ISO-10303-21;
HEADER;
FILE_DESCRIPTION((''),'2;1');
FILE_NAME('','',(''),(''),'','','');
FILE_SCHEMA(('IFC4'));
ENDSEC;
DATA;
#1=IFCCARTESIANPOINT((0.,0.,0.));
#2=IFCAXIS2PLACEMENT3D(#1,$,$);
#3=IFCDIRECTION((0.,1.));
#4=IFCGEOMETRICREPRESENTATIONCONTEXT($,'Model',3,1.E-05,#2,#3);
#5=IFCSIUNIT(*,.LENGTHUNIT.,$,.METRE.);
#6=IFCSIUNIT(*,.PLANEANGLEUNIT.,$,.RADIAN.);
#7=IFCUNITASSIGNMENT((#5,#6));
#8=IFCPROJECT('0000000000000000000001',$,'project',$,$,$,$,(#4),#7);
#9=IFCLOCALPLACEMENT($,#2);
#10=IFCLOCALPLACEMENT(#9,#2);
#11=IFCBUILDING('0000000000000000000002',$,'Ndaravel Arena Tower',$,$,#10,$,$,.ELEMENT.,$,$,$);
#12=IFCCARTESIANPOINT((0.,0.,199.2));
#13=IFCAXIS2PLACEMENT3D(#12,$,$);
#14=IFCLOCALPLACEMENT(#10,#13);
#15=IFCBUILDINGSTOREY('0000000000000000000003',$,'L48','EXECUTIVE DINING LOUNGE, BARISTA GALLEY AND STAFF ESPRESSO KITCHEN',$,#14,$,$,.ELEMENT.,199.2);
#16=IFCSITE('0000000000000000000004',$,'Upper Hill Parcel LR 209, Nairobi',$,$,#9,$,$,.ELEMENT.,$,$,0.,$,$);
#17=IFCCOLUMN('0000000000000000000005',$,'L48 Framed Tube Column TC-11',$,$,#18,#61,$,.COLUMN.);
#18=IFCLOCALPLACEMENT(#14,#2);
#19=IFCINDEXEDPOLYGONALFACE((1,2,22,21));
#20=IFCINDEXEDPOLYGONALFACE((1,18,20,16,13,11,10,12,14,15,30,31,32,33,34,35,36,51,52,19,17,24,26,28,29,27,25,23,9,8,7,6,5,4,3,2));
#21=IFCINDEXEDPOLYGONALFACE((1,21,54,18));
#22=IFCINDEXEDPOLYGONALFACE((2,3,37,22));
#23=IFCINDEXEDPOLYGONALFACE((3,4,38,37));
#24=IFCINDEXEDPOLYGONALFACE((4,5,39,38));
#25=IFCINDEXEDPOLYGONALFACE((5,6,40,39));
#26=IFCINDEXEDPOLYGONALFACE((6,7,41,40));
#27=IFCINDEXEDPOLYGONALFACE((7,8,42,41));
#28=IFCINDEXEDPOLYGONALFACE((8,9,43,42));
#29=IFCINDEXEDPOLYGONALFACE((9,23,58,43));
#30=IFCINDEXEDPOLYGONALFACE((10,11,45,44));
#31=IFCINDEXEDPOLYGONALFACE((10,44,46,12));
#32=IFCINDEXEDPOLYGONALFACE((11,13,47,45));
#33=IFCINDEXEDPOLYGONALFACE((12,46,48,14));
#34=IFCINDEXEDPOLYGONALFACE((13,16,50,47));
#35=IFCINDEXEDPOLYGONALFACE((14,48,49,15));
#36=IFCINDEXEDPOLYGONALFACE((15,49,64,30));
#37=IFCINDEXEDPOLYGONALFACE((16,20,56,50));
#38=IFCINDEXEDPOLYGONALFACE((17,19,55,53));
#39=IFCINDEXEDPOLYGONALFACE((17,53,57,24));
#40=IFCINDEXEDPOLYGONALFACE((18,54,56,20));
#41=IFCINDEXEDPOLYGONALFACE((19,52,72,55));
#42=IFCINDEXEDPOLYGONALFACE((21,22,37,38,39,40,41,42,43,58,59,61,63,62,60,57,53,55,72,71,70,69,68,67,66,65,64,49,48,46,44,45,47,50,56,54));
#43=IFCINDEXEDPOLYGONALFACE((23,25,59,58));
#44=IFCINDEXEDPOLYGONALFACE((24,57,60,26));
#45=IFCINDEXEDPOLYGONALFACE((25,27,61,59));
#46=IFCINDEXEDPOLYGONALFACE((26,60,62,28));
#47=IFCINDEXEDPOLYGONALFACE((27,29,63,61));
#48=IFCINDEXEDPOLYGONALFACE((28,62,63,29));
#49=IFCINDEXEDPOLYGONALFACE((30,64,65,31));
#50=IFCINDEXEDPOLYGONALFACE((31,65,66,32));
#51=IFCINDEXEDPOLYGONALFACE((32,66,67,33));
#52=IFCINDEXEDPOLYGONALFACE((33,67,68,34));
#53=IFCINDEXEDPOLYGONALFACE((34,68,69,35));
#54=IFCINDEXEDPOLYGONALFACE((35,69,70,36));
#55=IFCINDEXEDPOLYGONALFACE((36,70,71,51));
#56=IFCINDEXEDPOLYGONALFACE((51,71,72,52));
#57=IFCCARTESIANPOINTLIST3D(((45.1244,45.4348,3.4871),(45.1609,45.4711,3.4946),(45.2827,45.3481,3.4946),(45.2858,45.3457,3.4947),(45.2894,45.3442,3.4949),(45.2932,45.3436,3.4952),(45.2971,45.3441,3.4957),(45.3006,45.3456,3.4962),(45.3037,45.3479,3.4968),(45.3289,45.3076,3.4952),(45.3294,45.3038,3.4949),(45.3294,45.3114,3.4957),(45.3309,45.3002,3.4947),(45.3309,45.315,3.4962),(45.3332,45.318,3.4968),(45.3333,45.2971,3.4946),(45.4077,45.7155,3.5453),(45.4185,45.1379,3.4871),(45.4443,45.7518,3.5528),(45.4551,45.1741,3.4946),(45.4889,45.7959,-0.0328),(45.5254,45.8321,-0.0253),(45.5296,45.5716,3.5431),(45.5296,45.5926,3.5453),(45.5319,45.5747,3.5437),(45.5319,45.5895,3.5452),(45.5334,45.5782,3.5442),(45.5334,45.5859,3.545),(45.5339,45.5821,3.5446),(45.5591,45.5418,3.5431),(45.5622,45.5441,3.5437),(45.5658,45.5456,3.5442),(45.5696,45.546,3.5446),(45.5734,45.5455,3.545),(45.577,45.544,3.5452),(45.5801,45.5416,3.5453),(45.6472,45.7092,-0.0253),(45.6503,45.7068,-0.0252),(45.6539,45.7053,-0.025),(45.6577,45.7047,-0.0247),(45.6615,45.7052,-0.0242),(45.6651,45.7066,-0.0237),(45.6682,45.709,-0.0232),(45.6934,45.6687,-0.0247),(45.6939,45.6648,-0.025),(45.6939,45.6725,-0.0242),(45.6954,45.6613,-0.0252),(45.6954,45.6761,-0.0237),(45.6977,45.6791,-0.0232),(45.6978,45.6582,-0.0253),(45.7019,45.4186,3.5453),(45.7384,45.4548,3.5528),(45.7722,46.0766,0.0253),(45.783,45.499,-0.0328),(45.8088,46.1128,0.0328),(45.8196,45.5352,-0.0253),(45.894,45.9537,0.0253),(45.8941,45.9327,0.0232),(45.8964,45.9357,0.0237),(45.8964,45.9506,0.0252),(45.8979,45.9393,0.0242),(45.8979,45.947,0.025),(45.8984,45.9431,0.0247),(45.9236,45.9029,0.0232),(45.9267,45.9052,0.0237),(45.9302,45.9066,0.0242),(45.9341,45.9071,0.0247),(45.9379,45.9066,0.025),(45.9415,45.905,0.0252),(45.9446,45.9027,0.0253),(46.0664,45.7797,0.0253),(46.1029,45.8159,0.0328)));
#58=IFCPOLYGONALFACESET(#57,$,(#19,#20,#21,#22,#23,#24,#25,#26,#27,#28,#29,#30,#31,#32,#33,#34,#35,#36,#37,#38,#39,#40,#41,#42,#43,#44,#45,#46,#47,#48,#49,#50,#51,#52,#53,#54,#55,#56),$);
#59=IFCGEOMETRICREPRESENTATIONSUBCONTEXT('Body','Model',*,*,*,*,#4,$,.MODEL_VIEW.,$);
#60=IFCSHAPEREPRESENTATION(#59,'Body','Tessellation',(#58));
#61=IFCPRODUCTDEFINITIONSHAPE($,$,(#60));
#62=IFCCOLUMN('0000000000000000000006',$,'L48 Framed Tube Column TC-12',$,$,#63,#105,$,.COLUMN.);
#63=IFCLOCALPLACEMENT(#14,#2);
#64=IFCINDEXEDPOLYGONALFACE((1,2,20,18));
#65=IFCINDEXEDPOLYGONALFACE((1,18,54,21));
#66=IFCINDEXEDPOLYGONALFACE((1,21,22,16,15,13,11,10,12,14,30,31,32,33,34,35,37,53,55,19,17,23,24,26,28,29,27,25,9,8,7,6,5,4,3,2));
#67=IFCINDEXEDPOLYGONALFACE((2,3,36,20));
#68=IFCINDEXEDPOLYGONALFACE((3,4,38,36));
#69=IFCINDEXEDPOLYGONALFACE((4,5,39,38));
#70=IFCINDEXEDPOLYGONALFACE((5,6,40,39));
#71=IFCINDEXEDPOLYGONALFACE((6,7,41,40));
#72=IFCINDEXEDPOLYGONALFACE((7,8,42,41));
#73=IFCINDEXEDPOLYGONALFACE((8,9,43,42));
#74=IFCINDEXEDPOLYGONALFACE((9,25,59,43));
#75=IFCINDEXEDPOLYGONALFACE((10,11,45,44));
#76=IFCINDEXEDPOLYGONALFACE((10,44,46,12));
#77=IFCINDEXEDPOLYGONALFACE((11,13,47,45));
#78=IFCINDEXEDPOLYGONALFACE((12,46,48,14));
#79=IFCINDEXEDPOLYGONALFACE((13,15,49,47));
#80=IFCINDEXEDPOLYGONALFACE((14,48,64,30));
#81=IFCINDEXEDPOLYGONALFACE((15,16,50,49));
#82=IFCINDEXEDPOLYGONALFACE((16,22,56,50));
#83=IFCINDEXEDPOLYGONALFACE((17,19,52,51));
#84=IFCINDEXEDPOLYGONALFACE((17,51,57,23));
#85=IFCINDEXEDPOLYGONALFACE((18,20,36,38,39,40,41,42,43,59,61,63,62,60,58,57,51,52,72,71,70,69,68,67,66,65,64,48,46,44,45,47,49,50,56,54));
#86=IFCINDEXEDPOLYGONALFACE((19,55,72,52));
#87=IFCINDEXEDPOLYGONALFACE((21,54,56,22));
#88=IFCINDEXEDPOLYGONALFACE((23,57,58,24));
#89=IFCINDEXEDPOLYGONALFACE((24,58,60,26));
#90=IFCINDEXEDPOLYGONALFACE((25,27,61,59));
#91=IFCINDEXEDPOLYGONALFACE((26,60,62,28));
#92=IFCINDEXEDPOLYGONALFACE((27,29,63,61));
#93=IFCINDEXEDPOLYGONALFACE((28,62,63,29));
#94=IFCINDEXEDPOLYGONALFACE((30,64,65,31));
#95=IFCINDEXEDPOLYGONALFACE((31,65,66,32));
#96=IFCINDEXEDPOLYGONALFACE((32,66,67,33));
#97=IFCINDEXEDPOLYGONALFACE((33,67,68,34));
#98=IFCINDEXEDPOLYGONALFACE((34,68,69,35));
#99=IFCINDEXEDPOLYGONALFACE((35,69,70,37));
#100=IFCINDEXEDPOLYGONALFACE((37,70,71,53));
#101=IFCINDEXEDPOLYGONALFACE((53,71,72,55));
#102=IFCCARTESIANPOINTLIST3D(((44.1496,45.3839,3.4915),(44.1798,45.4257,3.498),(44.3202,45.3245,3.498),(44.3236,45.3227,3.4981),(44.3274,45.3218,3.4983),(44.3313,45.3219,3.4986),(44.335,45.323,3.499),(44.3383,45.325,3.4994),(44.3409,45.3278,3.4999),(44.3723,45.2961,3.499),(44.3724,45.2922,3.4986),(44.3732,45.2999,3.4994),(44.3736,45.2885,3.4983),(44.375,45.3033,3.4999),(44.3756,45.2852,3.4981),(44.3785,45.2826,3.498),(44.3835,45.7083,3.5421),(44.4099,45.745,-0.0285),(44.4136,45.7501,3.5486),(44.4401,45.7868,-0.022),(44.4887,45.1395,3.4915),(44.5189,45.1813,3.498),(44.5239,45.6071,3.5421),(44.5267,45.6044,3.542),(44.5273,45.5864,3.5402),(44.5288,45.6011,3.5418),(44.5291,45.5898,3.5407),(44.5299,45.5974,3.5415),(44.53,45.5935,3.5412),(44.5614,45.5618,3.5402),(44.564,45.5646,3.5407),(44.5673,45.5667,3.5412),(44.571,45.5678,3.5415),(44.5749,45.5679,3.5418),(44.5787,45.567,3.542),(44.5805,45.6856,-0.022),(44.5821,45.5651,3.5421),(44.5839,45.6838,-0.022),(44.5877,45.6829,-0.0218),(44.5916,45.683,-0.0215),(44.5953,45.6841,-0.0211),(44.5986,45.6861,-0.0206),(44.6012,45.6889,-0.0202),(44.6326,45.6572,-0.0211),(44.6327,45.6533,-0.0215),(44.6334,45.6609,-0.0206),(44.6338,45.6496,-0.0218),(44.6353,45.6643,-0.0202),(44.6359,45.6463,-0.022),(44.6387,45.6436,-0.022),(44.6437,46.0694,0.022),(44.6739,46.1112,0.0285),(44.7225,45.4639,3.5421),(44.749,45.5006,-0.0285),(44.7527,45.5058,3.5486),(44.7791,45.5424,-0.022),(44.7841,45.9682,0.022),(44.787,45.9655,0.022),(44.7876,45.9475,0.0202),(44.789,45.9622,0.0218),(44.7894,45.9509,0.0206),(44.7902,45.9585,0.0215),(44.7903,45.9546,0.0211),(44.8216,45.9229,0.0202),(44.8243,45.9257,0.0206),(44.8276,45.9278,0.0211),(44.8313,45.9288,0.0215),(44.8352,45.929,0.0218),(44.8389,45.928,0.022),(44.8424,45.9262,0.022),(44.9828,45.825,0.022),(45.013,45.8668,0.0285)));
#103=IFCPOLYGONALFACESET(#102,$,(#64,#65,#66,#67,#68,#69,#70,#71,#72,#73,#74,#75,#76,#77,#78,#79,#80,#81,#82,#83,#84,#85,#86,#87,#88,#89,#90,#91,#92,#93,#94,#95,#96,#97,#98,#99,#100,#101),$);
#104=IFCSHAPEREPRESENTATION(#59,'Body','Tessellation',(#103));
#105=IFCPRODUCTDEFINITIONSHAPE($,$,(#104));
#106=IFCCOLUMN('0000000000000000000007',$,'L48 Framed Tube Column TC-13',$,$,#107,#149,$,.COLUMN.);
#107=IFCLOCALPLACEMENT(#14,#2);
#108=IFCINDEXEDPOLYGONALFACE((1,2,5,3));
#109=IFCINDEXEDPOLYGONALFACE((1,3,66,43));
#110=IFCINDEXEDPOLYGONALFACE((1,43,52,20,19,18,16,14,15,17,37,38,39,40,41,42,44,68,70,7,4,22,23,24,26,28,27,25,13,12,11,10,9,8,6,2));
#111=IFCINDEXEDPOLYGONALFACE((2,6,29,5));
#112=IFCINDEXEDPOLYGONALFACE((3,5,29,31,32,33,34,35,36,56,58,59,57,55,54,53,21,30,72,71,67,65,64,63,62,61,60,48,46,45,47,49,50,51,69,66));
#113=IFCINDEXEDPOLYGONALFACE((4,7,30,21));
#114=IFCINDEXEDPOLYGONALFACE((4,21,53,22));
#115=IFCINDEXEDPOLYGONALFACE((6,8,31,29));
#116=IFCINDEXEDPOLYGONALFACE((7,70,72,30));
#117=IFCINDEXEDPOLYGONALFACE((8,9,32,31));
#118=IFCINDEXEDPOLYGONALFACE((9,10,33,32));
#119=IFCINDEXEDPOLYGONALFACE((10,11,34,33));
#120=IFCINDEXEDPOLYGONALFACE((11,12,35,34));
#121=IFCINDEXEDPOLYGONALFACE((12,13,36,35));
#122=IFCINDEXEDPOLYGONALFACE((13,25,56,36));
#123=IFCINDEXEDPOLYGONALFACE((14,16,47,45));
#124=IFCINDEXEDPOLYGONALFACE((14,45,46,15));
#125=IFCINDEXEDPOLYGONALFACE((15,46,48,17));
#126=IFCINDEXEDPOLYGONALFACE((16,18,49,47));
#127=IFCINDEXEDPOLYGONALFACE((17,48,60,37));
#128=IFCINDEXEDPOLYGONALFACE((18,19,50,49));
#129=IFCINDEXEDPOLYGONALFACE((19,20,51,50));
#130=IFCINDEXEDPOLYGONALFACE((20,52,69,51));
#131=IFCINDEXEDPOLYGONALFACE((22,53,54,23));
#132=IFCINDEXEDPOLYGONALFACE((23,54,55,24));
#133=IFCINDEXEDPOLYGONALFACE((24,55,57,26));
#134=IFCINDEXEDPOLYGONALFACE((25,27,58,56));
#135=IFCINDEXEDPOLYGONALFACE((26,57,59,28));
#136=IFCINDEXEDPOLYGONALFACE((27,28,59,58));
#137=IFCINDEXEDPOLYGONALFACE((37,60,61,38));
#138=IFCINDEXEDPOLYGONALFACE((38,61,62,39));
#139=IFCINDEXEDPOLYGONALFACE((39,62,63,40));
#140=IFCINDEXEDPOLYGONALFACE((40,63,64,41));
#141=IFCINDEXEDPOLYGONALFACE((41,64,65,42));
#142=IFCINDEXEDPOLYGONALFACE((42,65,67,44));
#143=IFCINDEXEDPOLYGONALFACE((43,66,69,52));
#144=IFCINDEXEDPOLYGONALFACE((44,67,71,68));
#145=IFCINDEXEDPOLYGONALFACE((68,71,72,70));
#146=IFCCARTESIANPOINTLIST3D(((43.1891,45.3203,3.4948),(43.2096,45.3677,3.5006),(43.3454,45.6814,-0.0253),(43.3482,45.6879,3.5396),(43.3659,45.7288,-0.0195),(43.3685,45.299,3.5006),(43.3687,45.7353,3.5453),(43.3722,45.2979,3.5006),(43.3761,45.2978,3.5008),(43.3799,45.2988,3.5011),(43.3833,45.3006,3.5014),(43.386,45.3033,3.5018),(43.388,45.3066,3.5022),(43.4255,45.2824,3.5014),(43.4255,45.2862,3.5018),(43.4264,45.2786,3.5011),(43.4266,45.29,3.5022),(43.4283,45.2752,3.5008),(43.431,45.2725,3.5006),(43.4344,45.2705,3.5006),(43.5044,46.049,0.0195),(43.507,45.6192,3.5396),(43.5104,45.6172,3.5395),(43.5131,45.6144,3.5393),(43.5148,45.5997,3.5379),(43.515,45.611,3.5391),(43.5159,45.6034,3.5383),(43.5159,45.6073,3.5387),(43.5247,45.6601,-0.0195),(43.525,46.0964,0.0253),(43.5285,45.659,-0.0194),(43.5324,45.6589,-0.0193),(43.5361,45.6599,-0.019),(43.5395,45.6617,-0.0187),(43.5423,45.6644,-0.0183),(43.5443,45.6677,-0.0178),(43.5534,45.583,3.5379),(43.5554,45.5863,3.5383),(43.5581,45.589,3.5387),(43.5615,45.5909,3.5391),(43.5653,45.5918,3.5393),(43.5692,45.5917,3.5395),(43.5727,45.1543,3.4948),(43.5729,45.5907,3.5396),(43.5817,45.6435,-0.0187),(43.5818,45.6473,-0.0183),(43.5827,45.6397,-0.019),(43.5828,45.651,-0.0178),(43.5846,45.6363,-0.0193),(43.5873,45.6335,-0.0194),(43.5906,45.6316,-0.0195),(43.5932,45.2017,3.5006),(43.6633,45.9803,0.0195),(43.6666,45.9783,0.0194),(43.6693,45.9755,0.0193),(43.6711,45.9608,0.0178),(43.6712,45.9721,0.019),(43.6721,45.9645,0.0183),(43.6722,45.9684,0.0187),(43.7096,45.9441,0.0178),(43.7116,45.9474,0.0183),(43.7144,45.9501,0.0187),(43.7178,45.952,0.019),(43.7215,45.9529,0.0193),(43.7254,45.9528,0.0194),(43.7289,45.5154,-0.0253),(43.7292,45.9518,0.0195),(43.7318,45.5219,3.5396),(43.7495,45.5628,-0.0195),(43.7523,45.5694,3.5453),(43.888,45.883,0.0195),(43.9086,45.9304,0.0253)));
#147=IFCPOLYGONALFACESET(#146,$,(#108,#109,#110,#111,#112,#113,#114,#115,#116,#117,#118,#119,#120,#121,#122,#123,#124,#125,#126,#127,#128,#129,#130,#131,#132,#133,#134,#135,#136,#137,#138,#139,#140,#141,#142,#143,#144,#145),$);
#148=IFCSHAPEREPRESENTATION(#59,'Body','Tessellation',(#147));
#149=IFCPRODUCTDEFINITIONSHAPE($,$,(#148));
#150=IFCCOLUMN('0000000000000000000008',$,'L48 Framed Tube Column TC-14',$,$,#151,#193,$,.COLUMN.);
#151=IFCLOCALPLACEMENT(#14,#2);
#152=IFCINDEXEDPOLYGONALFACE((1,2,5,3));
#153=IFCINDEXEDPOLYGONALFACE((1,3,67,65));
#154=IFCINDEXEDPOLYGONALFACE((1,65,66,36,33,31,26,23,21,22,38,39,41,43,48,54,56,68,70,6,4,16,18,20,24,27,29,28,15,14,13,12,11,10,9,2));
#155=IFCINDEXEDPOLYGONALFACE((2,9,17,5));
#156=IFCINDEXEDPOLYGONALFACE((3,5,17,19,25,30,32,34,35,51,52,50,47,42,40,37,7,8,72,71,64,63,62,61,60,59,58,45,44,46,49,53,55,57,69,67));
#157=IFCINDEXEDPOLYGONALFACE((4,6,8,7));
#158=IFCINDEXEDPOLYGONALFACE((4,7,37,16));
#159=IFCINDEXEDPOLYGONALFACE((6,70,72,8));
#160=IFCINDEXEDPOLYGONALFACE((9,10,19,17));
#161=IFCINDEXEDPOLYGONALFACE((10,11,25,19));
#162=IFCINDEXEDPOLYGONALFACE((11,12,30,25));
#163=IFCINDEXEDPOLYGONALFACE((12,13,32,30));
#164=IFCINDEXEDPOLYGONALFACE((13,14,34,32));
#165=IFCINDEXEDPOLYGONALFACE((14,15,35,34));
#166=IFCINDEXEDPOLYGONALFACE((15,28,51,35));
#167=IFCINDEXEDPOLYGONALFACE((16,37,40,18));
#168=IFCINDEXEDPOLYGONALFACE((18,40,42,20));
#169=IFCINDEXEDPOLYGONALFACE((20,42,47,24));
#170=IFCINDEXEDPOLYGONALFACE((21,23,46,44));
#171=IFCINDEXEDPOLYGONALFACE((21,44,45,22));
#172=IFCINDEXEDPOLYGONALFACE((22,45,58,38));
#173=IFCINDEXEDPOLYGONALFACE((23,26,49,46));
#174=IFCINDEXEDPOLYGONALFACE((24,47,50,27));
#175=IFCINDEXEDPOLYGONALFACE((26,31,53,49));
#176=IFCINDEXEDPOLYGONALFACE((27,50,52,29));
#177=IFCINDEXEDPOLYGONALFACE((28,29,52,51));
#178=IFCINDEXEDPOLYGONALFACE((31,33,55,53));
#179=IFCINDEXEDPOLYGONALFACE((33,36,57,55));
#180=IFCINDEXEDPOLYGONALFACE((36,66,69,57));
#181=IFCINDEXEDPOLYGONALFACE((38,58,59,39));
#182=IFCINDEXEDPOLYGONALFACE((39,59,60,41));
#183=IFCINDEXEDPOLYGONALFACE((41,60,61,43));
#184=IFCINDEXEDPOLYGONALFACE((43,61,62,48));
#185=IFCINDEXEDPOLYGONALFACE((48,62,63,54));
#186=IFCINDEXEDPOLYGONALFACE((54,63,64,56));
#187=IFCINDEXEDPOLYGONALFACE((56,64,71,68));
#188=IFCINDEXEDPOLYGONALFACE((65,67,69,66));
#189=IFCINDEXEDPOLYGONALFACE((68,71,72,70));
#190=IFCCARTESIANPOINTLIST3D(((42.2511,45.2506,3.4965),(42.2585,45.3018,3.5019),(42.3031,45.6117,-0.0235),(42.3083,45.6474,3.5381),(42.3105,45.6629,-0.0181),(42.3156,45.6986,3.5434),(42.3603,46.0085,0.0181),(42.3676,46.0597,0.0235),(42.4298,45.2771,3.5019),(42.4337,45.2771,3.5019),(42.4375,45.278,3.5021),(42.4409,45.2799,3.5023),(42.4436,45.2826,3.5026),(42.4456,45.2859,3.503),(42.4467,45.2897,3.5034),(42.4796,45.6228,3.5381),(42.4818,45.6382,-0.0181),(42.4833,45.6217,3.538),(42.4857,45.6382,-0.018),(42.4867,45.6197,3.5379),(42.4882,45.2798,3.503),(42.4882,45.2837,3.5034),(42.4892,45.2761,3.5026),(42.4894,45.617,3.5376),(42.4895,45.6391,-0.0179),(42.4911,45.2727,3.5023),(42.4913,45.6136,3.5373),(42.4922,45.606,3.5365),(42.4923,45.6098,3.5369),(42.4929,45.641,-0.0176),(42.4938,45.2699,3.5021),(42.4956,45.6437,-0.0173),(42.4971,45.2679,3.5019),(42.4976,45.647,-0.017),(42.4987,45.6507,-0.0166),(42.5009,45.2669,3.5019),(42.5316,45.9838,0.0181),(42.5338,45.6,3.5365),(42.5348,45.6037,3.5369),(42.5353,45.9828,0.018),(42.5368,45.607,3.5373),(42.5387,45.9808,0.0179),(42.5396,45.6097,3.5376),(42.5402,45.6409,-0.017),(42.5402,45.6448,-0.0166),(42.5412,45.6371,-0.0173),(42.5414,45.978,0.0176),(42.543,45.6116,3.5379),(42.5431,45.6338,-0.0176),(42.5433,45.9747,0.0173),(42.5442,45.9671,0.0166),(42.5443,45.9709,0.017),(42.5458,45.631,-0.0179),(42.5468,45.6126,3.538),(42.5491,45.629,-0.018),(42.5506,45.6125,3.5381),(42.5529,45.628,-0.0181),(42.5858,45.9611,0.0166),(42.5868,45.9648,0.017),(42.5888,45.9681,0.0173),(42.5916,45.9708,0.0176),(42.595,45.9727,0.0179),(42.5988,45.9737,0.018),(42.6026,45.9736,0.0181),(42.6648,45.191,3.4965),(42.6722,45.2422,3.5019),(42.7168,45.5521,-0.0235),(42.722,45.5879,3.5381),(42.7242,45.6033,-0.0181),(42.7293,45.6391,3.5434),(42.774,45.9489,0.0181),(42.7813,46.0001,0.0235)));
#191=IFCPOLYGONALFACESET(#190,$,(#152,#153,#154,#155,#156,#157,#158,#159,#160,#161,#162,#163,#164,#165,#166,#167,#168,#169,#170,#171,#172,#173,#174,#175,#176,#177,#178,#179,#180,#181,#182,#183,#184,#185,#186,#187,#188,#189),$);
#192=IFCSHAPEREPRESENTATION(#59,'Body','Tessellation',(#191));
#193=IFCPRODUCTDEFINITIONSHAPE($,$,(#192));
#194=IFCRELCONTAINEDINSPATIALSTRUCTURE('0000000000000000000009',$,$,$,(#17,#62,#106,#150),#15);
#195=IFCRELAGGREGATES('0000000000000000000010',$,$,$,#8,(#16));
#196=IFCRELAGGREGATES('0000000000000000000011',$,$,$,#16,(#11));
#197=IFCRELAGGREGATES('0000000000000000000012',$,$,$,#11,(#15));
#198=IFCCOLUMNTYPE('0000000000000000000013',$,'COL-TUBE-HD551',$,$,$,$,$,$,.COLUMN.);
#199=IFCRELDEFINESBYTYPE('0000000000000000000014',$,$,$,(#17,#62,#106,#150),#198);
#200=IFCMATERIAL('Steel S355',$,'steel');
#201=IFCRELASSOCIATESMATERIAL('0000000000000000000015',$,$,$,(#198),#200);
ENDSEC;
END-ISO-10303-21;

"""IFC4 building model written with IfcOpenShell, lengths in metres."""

from ifc_helpers import new_model, si_unit, direction, frame, origin, origin_2d, place, context, subcontext, project, spatial, i_section, extrude, material, material_profile, profile_set, type_object, element, save


model = new_model("IFC4")

# Units and contexts
model_context = context("Model", 3, precision=1e-05, world=origin(), true_north=direction((0.0, 1.0)))
body_context = subcontext(model_context, "Body", "Model", "MODEL_VIEW")
ifc_project = project(units=[si_unit("LENGTHUNIT", "METRE"), si_unit("PLANEANGLEUNIT", "RADIAN")], contexts=[model_context])

# Site, building, storey
site_placement = place(None, origin())
site = spatial("IfcSite", under=ifc_project, at=site_placement, Name="Upper Hill Parcel LR 209, Nairobi", CompositionType="ELEMENT", RefElevation=0.0)
building_placement = place(site_placement, origin())
building = spatial("IfcBuilding", under=site, at=building_placement, Name="Ndaravel Arena Tower", CompositionType="ELEMENT")
storey_placement = place(building_placement, frame((0.0, 0.0, 199.2)))
storey = spatial("IfcBuildingStorey", under=building, at=storey_placement, Name="L48", Description="EXECUTIVE DINING LOUNGE, BARISTA GALLEY AND STAFF ESPRESSO KITCHEN", CompositionType="ELEMENT", Elevation=199.2)

# Columns
ifc_material_1 = material(Name="Steel S355", Category="steel")
ifc_material_profile_1 = material_profile(ifc_material_1, i_section(OverallWidth=0.418, OverallDepth=0.4551, WebThickness=0.042, FlangeThickness=0.052, FilletRadius=0.0149, at=origin_2d()), Name="HD 400x551")
ifc_profile_set_1 = profile_set([ifc_material_profile_1], Name="Steel S355")
column_type = type_object("IfcColumnType", Name="COL-TUBE-HD551", PredefinedType="COLUMN", material=ifc_profile_set_1)
column_1_placement = place(storey_placement, frame((45.7959, 45.8059, 0.0), z_axis=(-0.102468, -0.101507, 0.989544), x_axis=(0.703768, -0.71043, 0.0)))
element("IfcColumn", 1, at=column_1_placement, inside=storey, type_object=column_type, Name="L48 Framed Tube Column TC-11", PredefinedType="COLUMN", context=body_context, shape_type="SweptSolid", body=[
    extrude(i_section(OverallWidth=0.418, OverallDepth=0.4551, WebThickness=0.042, FlangeThickness=0.052, FilletRadius=0.0149, at=origin_2d()), origin(), (0.0, 0.0, 1.0), 3.5571),
])
column_2_placement = place(storey_placement, frame((44.7114, 45.8059, 0.0), z_axis=(-0.073351, -0.10177, 0.9921), x_axis=(0.811243, -0.584709, 0.0)))
element("IfcColumn", 2, at=column_2_placement, inside=storey, type_object=column_type, Name="L48 Framed Tube Column TC-12", PredefinedType="COLUMN", context=body_context, shape_type="SweptSolid", body=[
    extrude(i_section(OverallWidth=0.418, OverallDepth=0.4551, WebThickness=0.042, FlangeThickness=0.052, FilletRadius=0.0149, at=origin_2d()), origin(), (0.0, 0.0, 1.0), 3.5481),
])
column_3_placement = place(storey_placement, frame((43.627, 45.8059, 0.0), z_axis=(-0.044114, -0.101945, 0.993811), x_axis=(0.917759, -0.397137, 0.0)))
element("IfcColumn", 3, at=column_3_placement, inside=storey, type_object=column_type, Name="L48 Framed Tube Column TC-13", PredefinedType="COLUMN", context=body_context, shape_type="SweptSolid", body=[
    extrude(i_section(OverallWidth=0.418, OverallDepth=0.4551, WebThickness=0.042, FlangeThickness=0.052, FilletRadius=0.0149, at=origin_2d()), origin(), (0.0, 0.0, 1.0), 3.542),
])
for number, where, z_axis, x_axis, name in (
    (4, (42.5422, 45.8059, 0.0), (-0.014694, -0.102034, 0.994672), (0.989788, -0.142546, 0.0), "L48 Framed Tube Column TC-14"),
):
    element("IfcColumn", number, at=place(storey_placement, frame(where, z_axis=z_axis, x_axis=x_axis)), inside=storey, type_object=column_type, Name=name, PredefinedType="COLUMN", context=body_context, shape_type="SweptSolid", body=[
        extrude(i_section(OverallWidth=0.418, OverallDepth=0.4551, WebThickness=0.042, FlangeThickness=0.052, FilletRadius=0.0149, at=origin_2d()), origin(), (0.0, 0.0, 1.0), 3.5388),
    ])

save(model, "model.ifc")
